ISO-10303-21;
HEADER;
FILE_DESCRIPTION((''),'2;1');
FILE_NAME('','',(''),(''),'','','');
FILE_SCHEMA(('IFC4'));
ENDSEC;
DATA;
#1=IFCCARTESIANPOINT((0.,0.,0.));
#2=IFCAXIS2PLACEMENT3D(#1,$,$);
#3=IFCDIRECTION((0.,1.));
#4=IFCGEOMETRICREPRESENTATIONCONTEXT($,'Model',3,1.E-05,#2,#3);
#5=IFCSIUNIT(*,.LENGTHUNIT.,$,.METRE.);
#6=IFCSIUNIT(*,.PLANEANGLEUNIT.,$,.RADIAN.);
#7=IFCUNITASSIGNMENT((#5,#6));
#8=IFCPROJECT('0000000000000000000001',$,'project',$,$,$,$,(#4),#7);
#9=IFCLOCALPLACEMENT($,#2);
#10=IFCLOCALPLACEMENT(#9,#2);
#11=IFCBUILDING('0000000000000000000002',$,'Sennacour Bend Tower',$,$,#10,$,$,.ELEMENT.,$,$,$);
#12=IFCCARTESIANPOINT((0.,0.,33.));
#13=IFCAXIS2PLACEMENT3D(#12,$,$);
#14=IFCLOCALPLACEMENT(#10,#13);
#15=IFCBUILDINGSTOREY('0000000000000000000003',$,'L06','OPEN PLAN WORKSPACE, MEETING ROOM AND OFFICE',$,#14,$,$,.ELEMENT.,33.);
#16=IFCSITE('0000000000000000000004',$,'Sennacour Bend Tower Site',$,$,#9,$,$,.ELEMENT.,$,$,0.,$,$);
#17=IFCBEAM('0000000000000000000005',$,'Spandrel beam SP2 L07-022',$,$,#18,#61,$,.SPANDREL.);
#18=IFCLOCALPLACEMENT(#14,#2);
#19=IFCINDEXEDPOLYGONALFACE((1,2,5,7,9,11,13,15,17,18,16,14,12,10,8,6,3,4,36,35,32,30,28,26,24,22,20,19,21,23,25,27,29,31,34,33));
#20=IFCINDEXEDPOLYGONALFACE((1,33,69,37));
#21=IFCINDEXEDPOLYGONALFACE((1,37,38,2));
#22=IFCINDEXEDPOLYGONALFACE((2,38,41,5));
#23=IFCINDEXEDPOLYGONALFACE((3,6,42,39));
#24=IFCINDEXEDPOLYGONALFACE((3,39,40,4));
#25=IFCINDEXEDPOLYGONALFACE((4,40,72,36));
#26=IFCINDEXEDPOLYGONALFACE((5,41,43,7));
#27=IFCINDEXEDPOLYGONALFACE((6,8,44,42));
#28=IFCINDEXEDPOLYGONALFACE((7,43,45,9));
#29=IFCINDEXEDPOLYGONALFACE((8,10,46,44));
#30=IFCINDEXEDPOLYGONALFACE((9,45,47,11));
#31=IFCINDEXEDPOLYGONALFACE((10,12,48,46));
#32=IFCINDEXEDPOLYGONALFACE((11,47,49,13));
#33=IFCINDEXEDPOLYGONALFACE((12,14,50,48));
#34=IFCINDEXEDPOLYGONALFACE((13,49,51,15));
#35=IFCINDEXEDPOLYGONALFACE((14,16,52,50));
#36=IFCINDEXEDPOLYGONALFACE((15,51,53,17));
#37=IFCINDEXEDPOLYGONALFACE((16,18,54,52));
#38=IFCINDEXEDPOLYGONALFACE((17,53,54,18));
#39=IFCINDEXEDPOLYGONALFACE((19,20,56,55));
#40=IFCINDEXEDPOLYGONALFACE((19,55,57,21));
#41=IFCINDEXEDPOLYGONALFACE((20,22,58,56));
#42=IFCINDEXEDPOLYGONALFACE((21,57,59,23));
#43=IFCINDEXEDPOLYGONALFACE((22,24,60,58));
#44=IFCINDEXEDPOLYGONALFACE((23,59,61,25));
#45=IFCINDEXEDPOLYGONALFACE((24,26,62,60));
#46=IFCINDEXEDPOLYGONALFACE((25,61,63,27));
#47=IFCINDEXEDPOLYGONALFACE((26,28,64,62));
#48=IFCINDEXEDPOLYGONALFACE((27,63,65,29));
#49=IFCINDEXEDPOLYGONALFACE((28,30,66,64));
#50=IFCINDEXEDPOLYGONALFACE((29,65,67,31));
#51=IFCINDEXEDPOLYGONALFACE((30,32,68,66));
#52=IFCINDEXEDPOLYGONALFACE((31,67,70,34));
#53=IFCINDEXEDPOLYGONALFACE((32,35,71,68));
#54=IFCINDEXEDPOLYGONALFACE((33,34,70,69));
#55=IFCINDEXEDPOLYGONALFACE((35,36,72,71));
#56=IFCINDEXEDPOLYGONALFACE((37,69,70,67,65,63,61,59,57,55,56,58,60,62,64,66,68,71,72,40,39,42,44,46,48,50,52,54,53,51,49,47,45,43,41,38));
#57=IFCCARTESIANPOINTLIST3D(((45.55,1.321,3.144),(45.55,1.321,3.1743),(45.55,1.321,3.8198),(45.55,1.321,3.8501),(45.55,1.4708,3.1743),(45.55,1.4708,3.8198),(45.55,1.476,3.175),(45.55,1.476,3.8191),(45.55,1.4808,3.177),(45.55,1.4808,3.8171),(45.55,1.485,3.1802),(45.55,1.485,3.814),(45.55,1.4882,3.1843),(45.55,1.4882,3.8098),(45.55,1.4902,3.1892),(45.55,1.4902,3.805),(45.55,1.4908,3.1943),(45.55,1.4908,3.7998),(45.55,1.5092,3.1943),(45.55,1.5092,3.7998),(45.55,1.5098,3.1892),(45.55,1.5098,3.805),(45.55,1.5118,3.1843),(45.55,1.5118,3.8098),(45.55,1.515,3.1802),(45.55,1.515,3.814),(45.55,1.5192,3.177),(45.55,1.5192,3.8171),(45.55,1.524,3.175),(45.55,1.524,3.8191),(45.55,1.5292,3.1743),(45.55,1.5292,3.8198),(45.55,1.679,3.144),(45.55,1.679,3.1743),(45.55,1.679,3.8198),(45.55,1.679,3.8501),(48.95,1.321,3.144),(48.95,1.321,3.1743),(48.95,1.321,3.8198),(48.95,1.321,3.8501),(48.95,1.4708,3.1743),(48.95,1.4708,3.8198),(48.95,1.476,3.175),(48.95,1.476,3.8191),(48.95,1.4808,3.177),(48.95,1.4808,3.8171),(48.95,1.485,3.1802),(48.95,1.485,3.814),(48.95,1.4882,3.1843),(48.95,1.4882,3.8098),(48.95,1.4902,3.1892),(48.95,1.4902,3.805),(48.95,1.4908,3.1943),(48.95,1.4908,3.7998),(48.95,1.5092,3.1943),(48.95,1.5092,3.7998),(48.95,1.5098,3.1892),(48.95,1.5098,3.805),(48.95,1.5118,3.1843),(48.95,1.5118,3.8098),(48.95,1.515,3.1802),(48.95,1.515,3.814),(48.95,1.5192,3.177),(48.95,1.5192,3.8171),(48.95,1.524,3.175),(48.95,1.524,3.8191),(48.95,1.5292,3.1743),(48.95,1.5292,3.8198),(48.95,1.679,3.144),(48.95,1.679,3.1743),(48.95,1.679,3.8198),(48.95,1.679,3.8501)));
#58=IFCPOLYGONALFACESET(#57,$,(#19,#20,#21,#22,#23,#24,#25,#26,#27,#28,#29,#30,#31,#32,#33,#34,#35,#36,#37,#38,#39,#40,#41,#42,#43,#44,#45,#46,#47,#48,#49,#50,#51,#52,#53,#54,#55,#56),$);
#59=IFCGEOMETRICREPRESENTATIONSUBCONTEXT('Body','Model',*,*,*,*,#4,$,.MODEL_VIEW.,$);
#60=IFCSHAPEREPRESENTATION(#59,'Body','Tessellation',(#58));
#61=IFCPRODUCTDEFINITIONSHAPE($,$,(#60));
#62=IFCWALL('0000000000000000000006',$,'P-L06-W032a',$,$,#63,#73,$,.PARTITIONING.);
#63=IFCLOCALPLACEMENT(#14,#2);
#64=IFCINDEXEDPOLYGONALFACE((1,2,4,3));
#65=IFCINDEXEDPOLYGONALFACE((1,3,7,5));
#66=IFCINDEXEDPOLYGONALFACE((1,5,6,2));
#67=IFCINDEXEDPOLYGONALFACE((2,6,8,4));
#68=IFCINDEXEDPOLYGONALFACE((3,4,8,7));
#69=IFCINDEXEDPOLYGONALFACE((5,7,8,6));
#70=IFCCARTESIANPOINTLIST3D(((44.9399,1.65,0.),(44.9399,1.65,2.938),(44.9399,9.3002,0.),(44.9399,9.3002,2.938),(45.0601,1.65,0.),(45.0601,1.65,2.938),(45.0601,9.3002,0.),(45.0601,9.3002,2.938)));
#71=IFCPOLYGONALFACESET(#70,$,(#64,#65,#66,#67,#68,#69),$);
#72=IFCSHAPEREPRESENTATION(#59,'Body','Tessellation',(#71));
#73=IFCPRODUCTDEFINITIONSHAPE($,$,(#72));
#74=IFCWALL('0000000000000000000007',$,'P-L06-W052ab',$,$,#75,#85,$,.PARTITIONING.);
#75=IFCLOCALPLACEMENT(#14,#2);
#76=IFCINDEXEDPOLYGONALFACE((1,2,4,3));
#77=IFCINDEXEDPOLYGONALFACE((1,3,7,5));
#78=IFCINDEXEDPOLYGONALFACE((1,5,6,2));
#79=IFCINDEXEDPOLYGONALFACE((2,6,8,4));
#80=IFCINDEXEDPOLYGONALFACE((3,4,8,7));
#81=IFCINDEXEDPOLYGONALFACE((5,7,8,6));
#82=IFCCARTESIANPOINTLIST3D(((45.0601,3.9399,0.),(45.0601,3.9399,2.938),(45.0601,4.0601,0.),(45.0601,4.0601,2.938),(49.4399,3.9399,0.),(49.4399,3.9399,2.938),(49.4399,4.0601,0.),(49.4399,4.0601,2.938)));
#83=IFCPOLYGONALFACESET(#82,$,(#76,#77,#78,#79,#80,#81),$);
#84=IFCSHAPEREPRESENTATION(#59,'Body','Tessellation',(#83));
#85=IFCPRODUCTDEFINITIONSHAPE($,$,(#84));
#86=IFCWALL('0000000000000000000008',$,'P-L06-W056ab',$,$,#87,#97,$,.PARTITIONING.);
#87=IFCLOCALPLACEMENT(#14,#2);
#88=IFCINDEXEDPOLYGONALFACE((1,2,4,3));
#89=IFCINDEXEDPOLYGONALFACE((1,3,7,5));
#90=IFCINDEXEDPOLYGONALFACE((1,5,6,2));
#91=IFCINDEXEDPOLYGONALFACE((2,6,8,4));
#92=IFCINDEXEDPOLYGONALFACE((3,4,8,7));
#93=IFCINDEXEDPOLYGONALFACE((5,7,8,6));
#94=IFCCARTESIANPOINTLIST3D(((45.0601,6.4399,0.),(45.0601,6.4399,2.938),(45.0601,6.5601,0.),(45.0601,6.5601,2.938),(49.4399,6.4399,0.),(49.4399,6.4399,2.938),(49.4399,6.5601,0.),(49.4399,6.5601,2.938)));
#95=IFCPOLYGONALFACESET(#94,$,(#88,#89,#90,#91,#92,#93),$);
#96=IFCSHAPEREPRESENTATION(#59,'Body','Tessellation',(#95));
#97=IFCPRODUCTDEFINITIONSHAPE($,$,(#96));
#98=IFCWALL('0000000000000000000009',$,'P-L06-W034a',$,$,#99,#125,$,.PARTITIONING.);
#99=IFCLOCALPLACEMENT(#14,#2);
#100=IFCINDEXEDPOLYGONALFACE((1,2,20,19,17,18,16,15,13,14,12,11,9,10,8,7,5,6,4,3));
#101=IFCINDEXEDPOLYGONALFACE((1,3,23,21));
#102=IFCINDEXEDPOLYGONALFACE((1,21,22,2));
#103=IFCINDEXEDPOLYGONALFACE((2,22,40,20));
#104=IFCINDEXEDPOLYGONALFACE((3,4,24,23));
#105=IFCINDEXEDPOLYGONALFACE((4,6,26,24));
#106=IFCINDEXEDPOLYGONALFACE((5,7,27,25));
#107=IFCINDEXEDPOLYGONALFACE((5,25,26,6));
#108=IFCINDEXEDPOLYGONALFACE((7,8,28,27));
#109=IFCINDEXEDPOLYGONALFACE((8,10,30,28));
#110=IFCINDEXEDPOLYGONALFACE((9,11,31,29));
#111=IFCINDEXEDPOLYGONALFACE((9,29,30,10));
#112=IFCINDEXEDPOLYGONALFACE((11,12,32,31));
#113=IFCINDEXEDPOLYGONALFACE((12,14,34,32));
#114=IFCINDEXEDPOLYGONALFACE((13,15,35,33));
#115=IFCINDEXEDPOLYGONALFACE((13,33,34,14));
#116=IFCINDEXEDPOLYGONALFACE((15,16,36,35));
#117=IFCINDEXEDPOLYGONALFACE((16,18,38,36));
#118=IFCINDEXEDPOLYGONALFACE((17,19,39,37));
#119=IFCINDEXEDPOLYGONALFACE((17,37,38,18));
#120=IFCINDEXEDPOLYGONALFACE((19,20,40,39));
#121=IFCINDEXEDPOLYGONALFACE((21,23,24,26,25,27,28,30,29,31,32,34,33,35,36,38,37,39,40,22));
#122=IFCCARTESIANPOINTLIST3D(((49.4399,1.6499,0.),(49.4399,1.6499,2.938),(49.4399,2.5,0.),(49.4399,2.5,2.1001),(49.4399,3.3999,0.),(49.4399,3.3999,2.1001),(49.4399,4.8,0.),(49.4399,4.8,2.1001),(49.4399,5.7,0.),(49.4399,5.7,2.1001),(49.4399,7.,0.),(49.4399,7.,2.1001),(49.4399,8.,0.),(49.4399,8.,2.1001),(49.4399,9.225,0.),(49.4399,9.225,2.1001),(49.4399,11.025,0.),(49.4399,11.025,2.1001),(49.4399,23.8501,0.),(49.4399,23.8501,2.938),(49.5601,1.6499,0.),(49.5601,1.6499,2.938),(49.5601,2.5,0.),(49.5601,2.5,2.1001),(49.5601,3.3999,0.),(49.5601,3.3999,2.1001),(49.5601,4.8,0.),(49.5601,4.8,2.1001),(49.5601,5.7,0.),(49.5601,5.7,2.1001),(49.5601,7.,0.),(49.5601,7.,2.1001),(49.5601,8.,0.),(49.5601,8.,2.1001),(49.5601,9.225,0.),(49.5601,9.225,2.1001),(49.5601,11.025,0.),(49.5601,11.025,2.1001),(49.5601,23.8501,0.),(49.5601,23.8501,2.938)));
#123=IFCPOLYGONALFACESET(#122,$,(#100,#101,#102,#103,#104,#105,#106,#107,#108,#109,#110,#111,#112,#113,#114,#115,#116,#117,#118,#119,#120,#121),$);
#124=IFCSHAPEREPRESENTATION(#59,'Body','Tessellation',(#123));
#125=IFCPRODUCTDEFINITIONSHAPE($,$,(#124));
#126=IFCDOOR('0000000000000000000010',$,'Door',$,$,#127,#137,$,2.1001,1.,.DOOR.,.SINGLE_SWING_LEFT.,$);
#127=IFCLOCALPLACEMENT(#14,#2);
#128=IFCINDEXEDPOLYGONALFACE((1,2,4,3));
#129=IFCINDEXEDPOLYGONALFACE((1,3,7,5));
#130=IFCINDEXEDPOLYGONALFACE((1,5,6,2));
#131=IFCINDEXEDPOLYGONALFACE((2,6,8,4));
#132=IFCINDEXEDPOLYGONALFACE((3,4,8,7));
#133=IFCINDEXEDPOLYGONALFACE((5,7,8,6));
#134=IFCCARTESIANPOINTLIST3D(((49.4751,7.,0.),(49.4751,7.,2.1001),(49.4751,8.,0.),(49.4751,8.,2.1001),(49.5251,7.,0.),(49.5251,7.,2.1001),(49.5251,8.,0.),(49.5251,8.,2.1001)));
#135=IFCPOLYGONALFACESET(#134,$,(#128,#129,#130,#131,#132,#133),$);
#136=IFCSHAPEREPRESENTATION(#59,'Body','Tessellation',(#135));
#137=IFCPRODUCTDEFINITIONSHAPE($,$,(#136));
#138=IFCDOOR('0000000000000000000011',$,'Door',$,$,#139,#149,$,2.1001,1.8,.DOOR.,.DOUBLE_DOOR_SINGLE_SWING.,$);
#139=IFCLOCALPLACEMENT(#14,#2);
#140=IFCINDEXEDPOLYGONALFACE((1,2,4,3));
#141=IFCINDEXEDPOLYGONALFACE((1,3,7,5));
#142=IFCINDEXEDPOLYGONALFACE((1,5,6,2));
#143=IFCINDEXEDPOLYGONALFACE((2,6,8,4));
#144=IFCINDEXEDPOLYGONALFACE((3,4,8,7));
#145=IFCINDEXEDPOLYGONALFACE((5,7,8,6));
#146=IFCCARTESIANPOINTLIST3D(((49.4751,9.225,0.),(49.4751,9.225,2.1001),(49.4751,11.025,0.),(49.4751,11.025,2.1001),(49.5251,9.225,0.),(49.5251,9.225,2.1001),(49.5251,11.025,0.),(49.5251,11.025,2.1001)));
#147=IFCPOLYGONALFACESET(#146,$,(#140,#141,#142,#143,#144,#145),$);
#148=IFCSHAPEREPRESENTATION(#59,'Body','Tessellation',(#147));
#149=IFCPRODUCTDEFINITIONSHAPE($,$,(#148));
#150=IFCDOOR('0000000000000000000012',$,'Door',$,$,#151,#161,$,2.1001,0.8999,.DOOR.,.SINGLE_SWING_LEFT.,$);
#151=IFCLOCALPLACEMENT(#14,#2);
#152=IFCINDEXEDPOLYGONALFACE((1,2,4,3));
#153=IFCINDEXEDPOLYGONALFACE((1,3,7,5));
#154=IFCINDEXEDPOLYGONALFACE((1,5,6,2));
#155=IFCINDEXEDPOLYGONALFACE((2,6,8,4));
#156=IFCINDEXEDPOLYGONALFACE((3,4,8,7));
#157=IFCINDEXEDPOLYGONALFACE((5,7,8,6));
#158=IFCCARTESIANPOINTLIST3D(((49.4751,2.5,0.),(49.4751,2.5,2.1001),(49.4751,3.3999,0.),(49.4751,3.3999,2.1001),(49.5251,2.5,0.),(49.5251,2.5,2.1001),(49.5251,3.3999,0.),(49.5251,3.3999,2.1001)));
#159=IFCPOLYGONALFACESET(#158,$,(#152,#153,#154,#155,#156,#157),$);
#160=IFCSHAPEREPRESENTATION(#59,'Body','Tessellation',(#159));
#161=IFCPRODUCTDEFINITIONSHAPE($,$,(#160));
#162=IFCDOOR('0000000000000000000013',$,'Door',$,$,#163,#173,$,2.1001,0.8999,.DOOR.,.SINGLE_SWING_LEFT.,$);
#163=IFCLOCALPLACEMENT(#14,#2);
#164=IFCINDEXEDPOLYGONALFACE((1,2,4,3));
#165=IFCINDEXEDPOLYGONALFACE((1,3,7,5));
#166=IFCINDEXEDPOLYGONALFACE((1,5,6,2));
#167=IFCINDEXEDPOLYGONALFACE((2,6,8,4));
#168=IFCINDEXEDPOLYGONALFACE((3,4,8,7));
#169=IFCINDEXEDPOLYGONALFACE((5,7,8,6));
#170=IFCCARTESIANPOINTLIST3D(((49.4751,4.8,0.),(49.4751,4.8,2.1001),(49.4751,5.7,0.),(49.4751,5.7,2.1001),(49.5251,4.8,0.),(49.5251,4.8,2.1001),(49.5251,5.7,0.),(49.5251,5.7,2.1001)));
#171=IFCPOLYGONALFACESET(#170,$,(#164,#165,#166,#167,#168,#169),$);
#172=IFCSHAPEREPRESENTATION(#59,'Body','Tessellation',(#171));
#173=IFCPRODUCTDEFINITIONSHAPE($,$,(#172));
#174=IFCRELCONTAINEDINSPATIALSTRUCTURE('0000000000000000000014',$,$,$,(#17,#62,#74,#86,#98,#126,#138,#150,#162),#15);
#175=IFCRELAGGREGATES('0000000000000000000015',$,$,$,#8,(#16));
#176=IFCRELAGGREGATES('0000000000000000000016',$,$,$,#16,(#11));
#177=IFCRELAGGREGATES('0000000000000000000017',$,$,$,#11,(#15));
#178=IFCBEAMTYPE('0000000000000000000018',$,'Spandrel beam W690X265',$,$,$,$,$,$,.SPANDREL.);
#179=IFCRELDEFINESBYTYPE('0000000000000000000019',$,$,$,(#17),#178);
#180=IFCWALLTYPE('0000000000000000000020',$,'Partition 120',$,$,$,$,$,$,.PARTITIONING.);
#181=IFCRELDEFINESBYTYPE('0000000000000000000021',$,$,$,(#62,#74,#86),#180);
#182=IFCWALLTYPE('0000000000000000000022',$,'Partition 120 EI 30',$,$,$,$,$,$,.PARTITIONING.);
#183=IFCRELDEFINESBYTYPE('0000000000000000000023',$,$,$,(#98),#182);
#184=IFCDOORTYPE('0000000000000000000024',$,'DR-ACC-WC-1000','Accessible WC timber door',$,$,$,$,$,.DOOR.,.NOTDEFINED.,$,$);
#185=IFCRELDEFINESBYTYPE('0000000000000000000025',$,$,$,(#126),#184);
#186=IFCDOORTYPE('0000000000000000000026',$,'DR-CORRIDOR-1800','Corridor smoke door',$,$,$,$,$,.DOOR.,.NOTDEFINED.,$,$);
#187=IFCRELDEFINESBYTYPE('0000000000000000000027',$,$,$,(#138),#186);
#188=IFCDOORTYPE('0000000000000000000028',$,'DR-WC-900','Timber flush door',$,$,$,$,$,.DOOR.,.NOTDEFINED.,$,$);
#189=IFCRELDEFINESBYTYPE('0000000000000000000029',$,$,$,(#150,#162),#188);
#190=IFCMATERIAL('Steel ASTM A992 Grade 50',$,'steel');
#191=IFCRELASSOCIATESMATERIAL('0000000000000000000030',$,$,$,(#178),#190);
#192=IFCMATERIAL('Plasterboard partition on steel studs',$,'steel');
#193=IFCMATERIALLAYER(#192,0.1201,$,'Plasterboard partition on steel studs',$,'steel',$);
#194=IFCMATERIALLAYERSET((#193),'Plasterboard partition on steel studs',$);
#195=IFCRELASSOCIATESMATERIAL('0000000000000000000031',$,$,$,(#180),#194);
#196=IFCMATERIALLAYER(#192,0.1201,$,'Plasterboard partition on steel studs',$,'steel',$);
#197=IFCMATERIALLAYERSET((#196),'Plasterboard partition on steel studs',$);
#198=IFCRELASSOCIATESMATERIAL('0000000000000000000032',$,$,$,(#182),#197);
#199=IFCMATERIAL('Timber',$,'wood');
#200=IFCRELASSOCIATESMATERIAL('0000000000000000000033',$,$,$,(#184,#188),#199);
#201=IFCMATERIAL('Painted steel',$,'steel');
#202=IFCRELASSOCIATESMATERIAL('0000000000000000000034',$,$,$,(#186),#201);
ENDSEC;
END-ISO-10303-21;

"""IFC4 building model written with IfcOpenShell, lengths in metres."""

from ifc_helpers import new_model, si_unit, direction, frame, frame_2d, origin, origin_2d, place, context, subcontext, project, spatial, rectangle, i_section, extrude, material, layer, layer_set, material_profile, profile_set, type_object, element, fill, save


model = new_model("IFC4")

# Units and contexts
model_context = context("Model", 3, precision=1e-05, world=origin(), true_north=direction((0.0, 1.0)))
body_context = subcontext(model_context, "Body", "Model", "MODEL_VIEW")
ifc_project = project(units=[si_unit("LENGTHUNIT", "METRE"), si_unit("PLANEANGLEUNIT", "RADIAN")], contexts=[model_context])

# Site, building, storey
site_placement = place(None, origin())
site = spatial("IfcSite", under=ifc_project, at=site_placement, Name="Sennacour Bend Tower Site", CompositionType="ELEMENT", RefElevation=0.0)
building_placement = place(site_placement, origin())
building = spatial("IfcBuilding", under=site, at=building_placement, Name="Sennacour Bend Tower", CompositionType="ELEMENT")
storey_placement = place(building_placement, frame((0.0, 0.0, 33.0)))
storey = spatial("IfcBuildingStorey", under=building, at=storey_placement, Name="L06", Description="OPEN PLAN WORKSPACE, MEETING ROOM AND OFFICE", CompositionType="ELEMENT", Elevation=33.0)

# Beam
ifc_material_1 = material(Name="Steel ASTM A992 Grade 50", Category="steel")
ifc_material_profile_1 = material_profile(ifc_material_1, i_section(OverallWidth=0.3579, OverallDepth=0.7061, WebThickness=0.0183, FlangeThickness=0.0303, FilletRadius=0.02, at=origin_2d()), Name="Steel ASTM A992 Grade 50", Category="steel")
ifc_profile_set_1 = profile_set([ifc_material_profile_1], Name="Steel ASTM A992 Grade 50")
beam_type_1 = type_object("IfcBeamType", Name="Spandrel beam W690X265", PredefinedType="SPANDREL", material=ifc_profile_set_1)
beam_1_placement = place(storey_placement, frame((48.95, 1.5, 3.4971), z_axis=(-1.0, 0.0, 0.0), x_axis=(0.0, -1.0, 0.0)))
element("IfcBeam", 1, at=beam_1_placement, inside=storey, type_object=beam_type_1, Name="Spandrel beam SP2 L07-022", PredefinedType="SPANDREL", context=body_context, shape_type="SweptSolid", body=[
    extrude(i_section(OverallWidth=0.3579, OverallDepth=0.7061, WebThickness=0.0183, FlangeThickness=0.0303, FilletRadius=0.02, at=origin_2d()), origin(), (0.0, 0.0, 1.0), 3.3999),
])

# Walls
ifc_material_2 = material(Name="Plasterboard partition on steel studs", Category="steel")
ifc_layer_1 = layer(ifc_material_2, 0.1201, Name="Plasterboard partition on steel studs", Category="steel")
ifc_layer_set_1 = layer_set([ifc_layer_1], Name="Plasterboard partition on steel studs")
wall_type_1 = type_object("IfcWallType", Name="Partition 120", PredefinedType="PARTITIONING", material=ifc_layer_set_1)
wall_1_placement = place(storey_placement, frame((45.0, 1.6499, 0.0), z_axis=(0.0, 0.0, 1.0), x_axis=(0.0, 1.0, 0.0)))
element("IfcWall", 2, at=wall_1_placement, inside=storey, type_object=wall_type_1, Name="P-L06-W032a", PredefinedType="PARTITIONING", context=body_context, shape_type="SweptSolid", body=[
    extrude(rectangle(XDim=7.6501, YDim=0.1201, at=frame_2d((3.8252, 0.0))), origin(), (0.0, 0.0, 1.0), 2.938),
])
for number, where, z_axis, x_axis, name in (
    (3, (45.0601, 4.0, 0.0), (0.0, 0.0, 1.0), (1.0, 0.0, 0.0), "P-L06-W052ab"),
    (4, (45.0601, 6.5, 0.0), (0.0, 0.0, 1.0), (1.0, 0.0, 0.0), "P-L06-W056ab"),
):
    element("IfcWall", number, at=place(storey_placement, frame(where, z_axis=z_axis, x_axis=x_axis)), inside=storey, type_object=wall_type_1, Name=name, PredefinedType="PARTITIONING", context=body_context, shape_type="SweptSolid", body=[
        extrude(rectangle(XDim=4.3799, YDim=0.1201, at=frame_2d((2.1899, 0.0))), origin(), (0.0, 0.0, 1.0), 2.938),
    ])

# Wall, openings, doors
ifc_layer_2 = layer(ifc_material_2, 0.1201, Name="Plasterboard partition on steel studs", Category="steel")
ifc_layer_set_2 = layer_set([ifc_layer_2], Name="Plasterboard partition on steel studs")
wall_type_2 = type_object("IfcWallType", Name="Partition 120 EI 30", PredefinedType="PARTITIONING", material=ifc_layer_set_2)
wall_2_placement = place(storey_placement, frame((49.5, 1.6499, 0.0), z_axis=(0.0, 0.0, 1.0), x_axis=(0.0, 1.0, 0.0)))
wall_2 = element("IfcWall", 5, at=wall_2_placement, inside=storey, type_object=wall_type_2, Name="P-L06-W034a", PredefinedType="PARTITIONING", context=body_context, shape_type="SweptSolid", body=[
    extrude(rectangle(XDim=22.2002, YDim=0.1201, at=frame_2d((11.1001, 0.0))), origin(), (0.0, 0.0, 1.0), 2.938),
])
opening_1_placement = place(wall_2_placement, frame((7.5752, 0.0, 0.0)))
opening_1 = element("IfcOpeningElement", 6, at=opening_1_placement, cuts=wall_2, PredefinedType="OPENING", context=body_context, shape_type="SweptSolid", body=[
    extrude(rectangle(XDim=1.8, YDim=2.1001, at=frame_2d((0.8999, 1.05))), frame((0.0, 0.0701, 0.0), z_axis=(0.0, -1.0, 0.0), x_axis=(1.0, 0.0, 0.0)), (0.0, 0.0, 1.0), 0.1401),
])
opening_2_placement = place(wall_2_placement, frame((0.8501, 0.0, 0.0)))
opening_2 = element("IfcOpeningElement", 7, at=opening_2_placement, cuts=wall_2, PredefinedType="OPENING", context=body_context, shape_type="SweptSolid", body=[
    extrude(rectangle(XDim=0.8999, YDim=2.1001, at=frame_2d((0.45, 1.05))), frame((0.0, 0.0701, 0.0), z_axis=(0.0, -1.0, 0.0), x_axis=(1.0, 0.0, 0.0)), (0.0, 0.0, 1.0), 0.1401),
])
opening_3_placement = place(wall_2_placement, frame((3.1501, 0.0, 0.0)))
opening_3 = element("IfcOpeningElement", 8, at=opening_3_placement, cuts=wall_2, PredefinedType="OPENING", context=body_context, shape_type="SweptSolid", body=[
    extrude(rectangle(XDim=0.8999, YDim=2.1001, at=frame_2d((0.45, 1.05))), frame((0.0, 0.0701, 0.0), z_axis=(0.0, -1.0, 0.0), x_axis=(1.0, 0.0, 0.0)), (0.0, 0.0, 1.0), 0.1401),
])
opening_4_placement = place(wall_2_placement, frame((5.3501, 0.0, 0.0)))
opening_4 = element("IfcOpeningElement", 9, at=opening_4_placement, cuts=wall_2, PredefinedType="OPENING", context=body_context, shape_type="SweptSolid", body=[
    extrude(rectangle(XDim=1.0, YDim=2.1001, at=frame_2d((0.5, 1.05))), frame((0.0, 0.0701, 0.0), z_axis=(0.0, -1.0, 0.0), x_axis=(1.0, 0.0, 0.0)), (0.0, 0.0, 1.0), 0.1401),
])
ifc_material_3 = material(Name="Timber", Category="wood")
door_type_1 = type_object("IfcDoorType", Name="DR-ACC-WC-1000", Description="Accessible WC timber door", OperationType="NOTDEFINED", PredefinedType="DOOR", material=ifc_material_3)
door_1_placement = place(opening_4_placement, origin())
door_1 = element("IfcDoor", 10, at=door_1_placement, inside=storey, type_object=door_type_1, Name="Door", OperationType="SINGLE_SWING_LEFT", OverallHeight=2.1001, OverallWidth=1.0, PredefinedType="DOOR", context=body_context, shape_type="SweptSolid", body=[
    extrude(rectangle(XDim=1.0, YDim=2.1001, at=frame_2d((0.5, 1.05))), frame((0.0, 0.0249, 0.0), z_axis=(0.0, -1.0, 0.0), x_axis=(1.0, 0.0, 0.0)), (0.0, 0.0, 1.0), 0.05),
])
fill(opening_4, door_1)
ifc_material_4 = material(Name="Painted steel", Category="steel")
door_type_2 = type_object("IfcDoorType", Name="DR-CORRIDOR-1800", Description="Corridor smoke door", OperationType="NOTDEFINED", PredefinedType="DOOR", material=ifc_material_4)
door_2_placement = place(opening_1_placement, origin())
door_2 = element("IfcDoor", 11, at=door_2_placement, inside=storey, type_object=door_type_2, Name="Door", OperationType="DOUBLE_DOOR_SINGLE_SWING", OverallHeight=2.1001, OverallWidth=1.8, PredefinedType="DOOR", context=body_context, shape_type="SweptSolid", body=[
    extrude(rectangle(XDim=1.8, YDim=2.1001, at=frame_2d((0.8999, 1.05))), frame((0.0, 0.0249, 0.0), z_axis=(0.0, -1.0, 0.0), x_axis=(1.0, 0.0, 0.0)), (0.0, 0.0, 1.0), 0.05),
])
fill(opening_1, door_2)
door_type_3 = type_object("IfcDoorType", Name="DR-WC-900", Description="Timber flush door", OperationType="NOTDEFINED", PredefinedType="DOOR", material=ifc_material_3)
door_3_placement = place(opening_2_placement, origin())
door_3 = element("IfcDoor", 12, at=door_3_placement, inside=storey, type_object=door_type_3, Name="Door", OperationType="SINGLE_SWING_LEFT", OverallHeight=2.1001, OverallWidth=0.8999, PredefinedType="DOOR", context=body_context, shape_type="SweptSolid", body=[
    extrude(rectangle(XDim=0.8999, YDim=2.1001, at=frame_2d((0.45, 1.05))), frame((0.0, 0.0249, 0.0), z_axis=(0.0, -1.0, 0.0), x_axis=(1.0, 0.0, 0.0)), (0.0, 0.0, 1.0), 0.05),
])
fill(opening_2, door_3)
door_4_placement = place(opening_3_placement, origin())
door_4 = element("IfcDoor", 13, at=door_4_placement, inside=storey, type_object=door_type_3, Name="Door", OperationType="SINGLE_SWING_LEFT", OverallHeight=2.1001, OverallWidth=0.8999, PredefinedType="DOOR", context=body_context, shape_type="SweptSolid", body=[
    extrude(rectangle(XDim=0.8999, YDim=2.1001, at=frame_2d((0.45, 1.05))), frame((0.0, 0.0249, 0.0), z_axis=(0.0, -1.0, 0.0), x_axis=(1.0, 0.0, 0.0)), (0.0, 0.0, 1.0), 0.05),
])
fill(opening_3, door_4)

save(model, "model.ifc")
